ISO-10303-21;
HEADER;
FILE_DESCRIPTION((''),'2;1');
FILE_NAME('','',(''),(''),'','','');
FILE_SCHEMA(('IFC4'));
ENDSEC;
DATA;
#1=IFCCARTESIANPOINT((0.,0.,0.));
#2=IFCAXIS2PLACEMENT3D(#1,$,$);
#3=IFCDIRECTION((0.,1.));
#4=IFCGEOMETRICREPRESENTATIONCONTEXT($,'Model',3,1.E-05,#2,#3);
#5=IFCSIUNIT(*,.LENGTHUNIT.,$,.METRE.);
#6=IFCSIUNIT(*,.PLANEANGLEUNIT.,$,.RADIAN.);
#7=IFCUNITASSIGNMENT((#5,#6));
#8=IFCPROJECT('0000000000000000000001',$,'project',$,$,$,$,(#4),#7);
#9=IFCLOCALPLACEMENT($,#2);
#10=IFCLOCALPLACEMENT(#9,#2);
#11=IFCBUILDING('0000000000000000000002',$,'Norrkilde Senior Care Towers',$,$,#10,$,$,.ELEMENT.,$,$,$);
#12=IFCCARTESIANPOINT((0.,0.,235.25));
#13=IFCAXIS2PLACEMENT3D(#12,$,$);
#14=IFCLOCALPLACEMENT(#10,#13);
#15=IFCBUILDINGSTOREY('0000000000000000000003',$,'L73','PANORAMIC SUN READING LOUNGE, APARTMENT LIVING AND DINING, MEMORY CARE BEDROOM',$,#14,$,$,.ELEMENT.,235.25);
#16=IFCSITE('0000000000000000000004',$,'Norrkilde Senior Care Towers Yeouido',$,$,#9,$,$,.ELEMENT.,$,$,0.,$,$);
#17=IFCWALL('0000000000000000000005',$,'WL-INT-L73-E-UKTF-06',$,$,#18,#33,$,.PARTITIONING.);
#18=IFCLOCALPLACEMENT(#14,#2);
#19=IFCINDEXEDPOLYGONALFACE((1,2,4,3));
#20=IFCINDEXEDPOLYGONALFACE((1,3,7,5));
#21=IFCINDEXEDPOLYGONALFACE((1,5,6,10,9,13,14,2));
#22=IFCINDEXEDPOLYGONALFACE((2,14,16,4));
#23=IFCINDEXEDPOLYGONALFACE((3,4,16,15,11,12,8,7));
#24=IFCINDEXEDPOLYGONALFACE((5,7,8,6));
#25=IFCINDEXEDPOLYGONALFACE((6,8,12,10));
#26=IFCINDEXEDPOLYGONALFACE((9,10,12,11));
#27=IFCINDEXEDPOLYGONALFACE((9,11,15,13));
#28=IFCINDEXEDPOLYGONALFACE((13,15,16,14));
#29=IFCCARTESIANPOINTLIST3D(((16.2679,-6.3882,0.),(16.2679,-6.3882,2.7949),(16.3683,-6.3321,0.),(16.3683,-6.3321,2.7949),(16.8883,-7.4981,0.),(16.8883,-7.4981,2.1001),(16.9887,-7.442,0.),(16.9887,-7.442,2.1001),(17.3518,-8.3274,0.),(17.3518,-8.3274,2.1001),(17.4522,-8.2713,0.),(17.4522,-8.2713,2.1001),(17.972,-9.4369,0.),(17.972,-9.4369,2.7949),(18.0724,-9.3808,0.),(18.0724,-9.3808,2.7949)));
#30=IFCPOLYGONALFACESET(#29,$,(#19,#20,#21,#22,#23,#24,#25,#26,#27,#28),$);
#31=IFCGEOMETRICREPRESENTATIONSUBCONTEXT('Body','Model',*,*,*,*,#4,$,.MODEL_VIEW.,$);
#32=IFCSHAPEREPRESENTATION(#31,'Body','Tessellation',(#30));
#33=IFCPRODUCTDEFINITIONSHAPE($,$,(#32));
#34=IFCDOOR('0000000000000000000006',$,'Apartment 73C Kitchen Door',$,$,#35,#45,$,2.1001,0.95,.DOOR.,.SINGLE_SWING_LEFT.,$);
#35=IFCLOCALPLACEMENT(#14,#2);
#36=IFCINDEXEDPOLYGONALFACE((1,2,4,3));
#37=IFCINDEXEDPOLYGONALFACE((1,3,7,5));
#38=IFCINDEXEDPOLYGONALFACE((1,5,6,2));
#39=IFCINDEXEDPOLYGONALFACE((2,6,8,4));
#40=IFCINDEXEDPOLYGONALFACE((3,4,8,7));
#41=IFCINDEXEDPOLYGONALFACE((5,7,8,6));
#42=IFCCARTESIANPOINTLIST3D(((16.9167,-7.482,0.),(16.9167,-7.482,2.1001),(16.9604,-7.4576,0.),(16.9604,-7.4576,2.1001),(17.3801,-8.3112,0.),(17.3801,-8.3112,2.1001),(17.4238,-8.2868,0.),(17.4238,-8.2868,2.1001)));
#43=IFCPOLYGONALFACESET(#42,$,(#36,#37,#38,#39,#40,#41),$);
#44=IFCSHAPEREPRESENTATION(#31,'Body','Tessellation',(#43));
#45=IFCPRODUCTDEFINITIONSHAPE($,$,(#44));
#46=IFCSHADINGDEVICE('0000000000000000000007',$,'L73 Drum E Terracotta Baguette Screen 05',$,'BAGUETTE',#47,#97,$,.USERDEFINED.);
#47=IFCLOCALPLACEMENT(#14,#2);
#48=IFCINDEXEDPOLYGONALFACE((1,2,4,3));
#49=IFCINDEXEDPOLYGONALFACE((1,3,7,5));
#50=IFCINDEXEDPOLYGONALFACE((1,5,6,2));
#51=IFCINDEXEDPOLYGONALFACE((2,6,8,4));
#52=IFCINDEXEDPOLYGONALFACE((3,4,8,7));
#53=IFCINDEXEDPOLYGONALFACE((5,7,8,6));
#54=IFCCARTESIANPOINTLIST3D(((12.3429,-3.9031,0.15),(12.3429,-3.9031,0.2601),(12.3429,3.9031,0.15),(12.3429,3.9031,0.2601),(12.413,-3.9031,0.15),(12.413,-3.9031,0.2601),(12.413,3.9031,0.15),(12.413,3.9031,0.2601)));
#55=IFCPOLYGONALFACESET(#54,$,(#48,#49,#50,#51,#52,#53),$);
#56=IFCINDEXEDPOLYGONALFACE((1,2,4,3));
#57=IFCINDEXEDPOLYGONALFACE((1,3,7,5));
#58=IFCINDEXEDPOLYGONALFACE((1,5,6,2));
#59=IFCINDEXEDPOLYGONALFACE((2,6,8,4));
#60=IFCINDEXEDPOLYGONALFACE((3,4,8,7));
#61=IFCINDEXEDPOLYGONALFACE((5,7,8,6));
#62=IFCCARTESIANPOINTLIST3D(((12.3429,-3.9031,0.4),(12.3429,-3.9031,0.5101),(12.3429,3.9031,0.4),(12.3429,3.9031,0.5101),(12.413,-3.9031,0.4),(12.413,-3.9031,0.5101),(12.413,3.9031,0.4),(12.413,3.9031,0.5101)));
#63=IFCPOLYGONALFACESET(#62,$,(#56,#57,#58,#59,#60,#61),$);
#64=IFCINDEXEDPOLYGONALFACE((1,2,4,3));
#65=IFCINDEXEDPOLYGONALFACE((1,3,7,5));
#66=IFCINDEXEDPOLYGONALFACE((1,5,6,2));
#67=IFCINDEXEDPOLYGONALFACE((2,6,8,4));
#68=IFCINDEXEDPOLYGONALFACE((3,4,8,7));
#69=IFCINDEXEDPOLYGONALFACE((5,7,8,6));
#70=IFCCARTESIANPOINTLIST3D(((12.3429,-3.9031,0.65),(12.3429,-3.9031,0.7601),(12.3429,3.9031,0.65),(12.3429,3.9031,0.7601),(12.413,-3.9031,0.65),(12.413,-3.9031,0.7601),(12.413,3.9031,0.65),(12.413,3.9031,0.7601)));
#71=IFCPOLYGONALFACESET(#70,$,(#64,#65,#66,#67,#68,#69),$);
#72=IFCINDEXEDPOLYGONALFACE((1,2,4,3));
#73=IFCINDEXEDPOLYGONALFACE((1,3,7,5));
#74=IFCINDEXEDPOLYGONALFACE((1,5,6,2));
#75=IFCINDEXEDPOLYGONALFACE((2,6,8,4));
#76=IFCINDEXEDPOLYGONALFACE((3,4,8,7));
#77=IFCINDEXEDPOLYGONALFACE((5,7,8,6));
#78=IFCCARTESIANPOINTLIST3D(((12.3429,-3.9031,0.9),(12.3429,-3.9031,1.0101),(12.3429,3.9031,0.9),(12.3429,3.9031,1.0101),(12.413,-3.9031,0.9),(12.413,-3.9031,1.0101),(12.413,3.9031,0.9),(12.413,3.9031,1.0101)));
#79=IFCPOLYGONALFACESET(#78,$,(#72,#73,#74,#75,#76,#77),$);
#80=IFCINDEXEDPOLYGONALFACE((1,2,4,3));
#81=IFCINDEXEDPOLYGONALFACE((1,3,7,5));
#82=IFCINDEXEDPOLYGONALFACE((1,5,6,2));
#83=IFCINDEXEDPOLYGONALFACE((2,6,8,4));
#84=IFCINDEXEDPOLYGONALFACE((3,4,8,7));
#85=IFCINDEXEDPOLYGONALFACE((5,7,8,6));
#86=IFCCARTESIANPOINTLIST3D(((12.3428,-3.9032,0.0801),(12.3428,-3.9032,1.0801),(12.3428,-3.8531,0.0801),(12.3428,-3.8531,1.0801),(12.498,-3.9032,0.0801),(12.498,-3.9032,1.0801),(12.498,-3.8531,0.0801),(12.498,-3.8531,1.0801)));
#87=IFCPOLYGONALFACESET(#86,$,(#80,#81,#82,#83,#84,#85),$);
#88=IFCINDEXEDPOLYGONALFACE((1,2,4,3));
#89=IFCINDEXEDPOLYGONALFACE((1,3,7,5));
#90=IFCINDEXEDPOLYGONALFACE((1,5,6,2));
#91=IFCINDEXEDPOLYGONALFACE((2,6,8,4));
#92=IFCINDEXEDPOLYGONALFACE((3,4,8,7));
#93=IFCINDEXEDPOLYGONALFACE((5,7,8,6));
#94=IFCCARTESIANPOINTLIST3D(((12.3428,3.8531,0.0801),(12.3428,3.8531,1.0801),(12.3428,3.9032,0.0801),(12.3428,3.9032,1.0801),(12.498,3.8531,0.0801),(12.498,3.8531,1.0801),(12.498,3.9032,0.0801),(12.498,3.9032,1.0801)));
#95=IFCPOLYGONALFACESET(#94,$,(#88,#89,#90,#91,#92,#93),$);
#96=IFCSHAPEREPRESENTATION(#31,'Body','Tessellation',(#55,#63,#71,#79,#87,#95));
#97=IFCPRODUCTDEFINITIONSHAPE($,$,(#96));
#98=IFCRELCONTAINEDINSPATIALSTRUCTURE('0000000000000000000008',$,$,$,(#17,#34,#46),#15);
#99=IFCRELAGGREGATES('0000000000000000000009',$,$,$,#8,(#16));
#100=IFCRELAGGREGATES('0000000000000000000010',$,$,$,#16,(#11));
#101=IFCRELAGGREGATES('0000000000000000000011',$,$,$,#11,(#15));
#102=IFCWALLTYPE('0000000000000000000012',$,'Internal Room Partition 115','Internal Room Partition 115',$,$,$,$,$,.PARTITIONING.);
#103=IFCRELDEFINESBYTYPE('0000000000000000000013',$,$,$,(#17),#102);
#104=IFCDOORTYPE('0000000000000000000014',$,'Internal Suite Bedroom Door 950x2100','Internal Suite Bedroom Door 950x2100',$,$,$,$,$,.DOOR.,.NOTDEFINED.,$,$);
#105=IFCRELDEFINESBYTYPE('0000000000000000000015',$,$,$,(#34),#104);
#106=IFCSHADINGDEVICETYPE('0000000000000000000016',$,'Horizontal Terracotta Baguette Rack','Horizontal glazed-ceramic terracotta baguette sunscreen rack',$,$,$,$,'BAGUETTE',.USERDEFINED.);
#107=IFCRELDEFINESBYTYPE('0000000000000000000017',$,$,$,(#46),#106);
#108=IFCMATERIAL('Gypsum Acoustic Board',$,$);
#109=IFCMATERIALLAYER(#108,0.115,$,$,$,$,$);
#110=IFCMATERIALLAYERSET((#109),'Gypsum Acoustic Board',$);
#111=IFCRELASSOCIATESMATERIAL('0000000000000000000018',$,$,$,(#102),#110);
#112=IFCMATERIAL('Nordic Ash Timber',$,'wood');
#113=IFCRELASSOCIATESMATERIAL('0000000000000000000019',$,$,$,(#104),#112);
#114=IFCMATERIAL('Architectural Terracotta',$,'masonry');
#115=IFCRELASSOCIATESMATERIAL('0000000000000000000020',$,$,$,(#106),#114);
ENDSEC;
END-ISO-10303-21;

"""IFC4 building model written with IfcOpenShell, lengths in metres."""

from ifc_helpers import new_model, si_unit, direction, frame, frame_2d, origin, origin_2d, place, context, subcontext, project, spatial, rectangle, extrude, source, transform, mapped, material, layer, layer_set, type_object, type_shapes, element, fill, save


model = new_model("IFC4")

# Units and contexts
model_context = context("Model", 3, precision=1e-05, world=origin(), true_north=direction((0.0, 1.0)))
body_context = subcontext(model_context, "Body", "Model", "MODEL_VIEW")
ifc_project = project(units=[si_unit("LENGTHUNIT", "METRE"), si_unit("PLANEANGLEUNIT", "RADIAN")], contexts=[model_context])

# Site, building, storey
site_placement = place(None, origin())
site = spatial("IfcSite", under=ifc_project, at=site_placement, Name="Norrkilde Senior Care Towers Yeouido", CompositionType="ELEMENT", RefElevation=0.0)
building_placement = place(site_placement, origin())
building = spatial("IfcBuilding", under=site, at=building_placement, Name="Norrkilde Senior Care Towers", CompositionType="ELEMENT")
storey_placement = place(building_placement, frame((0.0, 0.0, 235.25)))
storey = spatial("IfcBuildingStorey", under=building, at=storey_placement, Name="L73", Description="PANORAMIC SUN READING LOUNGE, APARTMENT LIVING AND DINING, MEMORY CARE BEDROOM", CompositionType="ELEMENT", Elevation=235.25)

# Shared definitions
ifc_material_1 = material(Name="Gypsum Acoustic Board")
ifc_layer_1 = layer(ifc_material_1, 0.115)
ifc_layer_set_1 = layer_set([ifc_layer_1], Name="Gypsum Acoustic Board")
wall_type_1 = type_object("IfcWallType", Name="Internal Room Partition 115", Description="Internal Room Partition 115", PredefinedType="PARTITIONING", material=ifc_layer_set_1)

# Shared definitions
ifc_material_2 = material(Name="Nordic Ash Timber", Category="wood")
door_type_1 = type_object("IfcDoorType", Name="Internal Suite Bedroom Door 950x2100", Description="Internal Suite Bedroom Door 950x2100", OperationType="NOTDEFINED", PredefinedType="DOOR", material=ifc_material_2)
shared_shape_1 = source(origin(), body_context, "Body", "SweptSolid", [
    extrude(rectangle(XDim=0.95, YDim=2.1001, at=frame_2d((0.4751, 1.05))), frame((0.0, 0.0249, 0.0), z_axis=(0.0, -1.0, 0.0), x_axis=(1.0, 0.0, 0.0)), (0.0, 0.0, 1.0), 0.05),
])
type_shapes(door_type_1, [shared_shape_1])

# Wall, opening, door
shared_shape_2 = source(origin(), body_context, "Body", "SweptSolid", [
    extrude(rectangle(XDim=3.4927, YDim=0.115, at=frame_2d((1.7463, 0.0))), origin(), (0.0, 0.0, 1.0), 2.7949),
])
wall_1_placement = place(storey_placement, frame((16.3181, -6.3601, 0.0), z_axis=(0.0, 0.0, 1.0), x_axis=(0.487897, -0.872901, 0.0)))
wall_1 = element("IfcWall", 1, at=wall_1_placement, inside=storey, type_object=wall_type_1, Name="WL-INT-L73-E-UKTF-06", PredefinedType="PARTITIONING", context=body_context, shape_type="MappedRepresentation", body=[
    mapped(shared_shape_2, transform((0.0, 0.0, 0.0), x_axis=(1.0, 0.0, 0.0), y_axis=(0.0, 1.0, 0.0), z_axis=(0.0, 0.0, 1.0), scale=1.0)),
])
opening_1_placement = place(wall_1_placement, frame((1.2715, 0.0, 0.0)))
opening_1 = element("IfcOpeningElement", 2, at=opening_1_placement, cuts=wall_1, PredefinedType="OPENING", context=body_context, shape_type="SweptSolid", body=[
    extrude(rectangle(XDim=0.95, YDim=2.1001, at=frame_2d((0.4751, 1.05))), frame((0.0, 0.0674, 0.0), z_axis=(0.0, -1.0, 0.0), x_axis=(1.0, 0.0, 0.0)), (0.0, 0.0, 1.0), 0.135),
])
door_1_placement = place(opening_1_placement, frame((0.95, 0.0, 0.0), z_axis=(0.0, 0.0, 1.0), x_axis=(-1.0, 0.0, 0.0)))
door_1 = element("IfcDoor", 3, at=door_1_placement, inside=storey, type_object=door_type_1, Name="Apartment 73C Kitchen Door", OperationType="SINGLE_SWING_LEFT", OverallHeight=2.1001, OverallWidth=0.95, PredefinedType="DOOR", context=body_context, shape_type="MappedRepresentation", body=[
    mapped(shared_shape_1, transform((0.0, 0.0, 0.0), x_axis=(1.0, 0.0, 0.0), y_axis=(0.0, 1.0, 0.0), z_axis=(0.0, 0.0, 1.0), scale=1.0)),
])
fill(opening_1, door_1)

# Shading device
ifc_material_3 = material(Name="Architectural Terracotta", Category="masonry")
shading_device_type = type_object("IfcShadingDeviceType", Name="Horizontal Terracotta Baguette Rack", Description="Horizontal glazed-ceramic terracotta baguette sunscreen rack", ElementType="BAGUETTE", PredefinedType="USERDEFINED", material=ifc_material_3)
shared_shape_3 = source(origin(), body_context, "Body", "SweptSolid", [
    extrude(rectangle(XDim=0.0701, YDim=0.1101, at=origin_2d()), frame((0.0, 0.0901, 0.125), z_axis=(1.0, 0.0, 0.0), x_axis=(0.0, 1.0, 0.0)), (0.0, 0.0, 1.0), 7.8062),
    extrude(rectangle(XDim=0.0701, YDim=0.1101, at=origin_2d()), frame((0.0, 0.0901, 0.375), z_axis=(1.0, 0.0, 0.0), x_axis=(0.0, 1.0, 0.0)), (0.0, 0.0, 1.0), 7.8062),
    extrude(rectangle(XDim=0.0701, YDim=0.1101, at=origin_2d()), frame((0.0, 0.0901, 0.625), z_axis=(1.0, 0.0, 0.0), x_axis=(0.0, 1.0, 0.0)), (0.0, 0.0, 1.0), 7.8062),
    extrude(rectangle(XDim=0.0701, YDim=0.1101, at=origin_2d()), frame((0.0, 0.0901, 0.875), z_axis=(1.0, 0.0, 0.0), x_axis=(0.0, 1.0, 0.0)), (0.0, 0.0, 1.0), 7.8062),
    extrude(rectangle(XDim=0.05, YDim=0.1553, at=origin_2d()), frame((0.0249, 0.0476, 0.0)), (0.0, 0.0, 1.0), 1.0),
    extrude(rectangle(XDim=0.05, YDim=0.1553, at=origin_2d()), frame((7.7812, 0.0476, 0.0)), (0.0, 0.0, 1.0), 1.0),
])
type_shapes(shading_device_type, [shared_shape_3])
shading_device_placement = place(storey_placement, frame((12.468, -3.9031, 0.0801), z_axis=(0.0, 0.0, 1.0), x_axis=(0.0, 1.0, 0.0)))
element("IfcShadingDevice", 4, at=shading_device_placement, inside=storey, type_object=shading_device_type, Name="L73 Drum E Terracotta Baguette Screen 05", ObjectType="BAGUETTE", PredefinedType="USERDEFINED", context=body_context, shape_type="MappedRepresentation", body=[
    mapped(shared_shape_3, transform((0.0, 0.0, 0.0), x_axis=(1.0, 0.0, 0.0), y_axis=(0.0, 1.0, 0.0), z_axis=(0.0, 0.0, 1.0), scale=1.0)),
])

save(model, "model.ifc")
